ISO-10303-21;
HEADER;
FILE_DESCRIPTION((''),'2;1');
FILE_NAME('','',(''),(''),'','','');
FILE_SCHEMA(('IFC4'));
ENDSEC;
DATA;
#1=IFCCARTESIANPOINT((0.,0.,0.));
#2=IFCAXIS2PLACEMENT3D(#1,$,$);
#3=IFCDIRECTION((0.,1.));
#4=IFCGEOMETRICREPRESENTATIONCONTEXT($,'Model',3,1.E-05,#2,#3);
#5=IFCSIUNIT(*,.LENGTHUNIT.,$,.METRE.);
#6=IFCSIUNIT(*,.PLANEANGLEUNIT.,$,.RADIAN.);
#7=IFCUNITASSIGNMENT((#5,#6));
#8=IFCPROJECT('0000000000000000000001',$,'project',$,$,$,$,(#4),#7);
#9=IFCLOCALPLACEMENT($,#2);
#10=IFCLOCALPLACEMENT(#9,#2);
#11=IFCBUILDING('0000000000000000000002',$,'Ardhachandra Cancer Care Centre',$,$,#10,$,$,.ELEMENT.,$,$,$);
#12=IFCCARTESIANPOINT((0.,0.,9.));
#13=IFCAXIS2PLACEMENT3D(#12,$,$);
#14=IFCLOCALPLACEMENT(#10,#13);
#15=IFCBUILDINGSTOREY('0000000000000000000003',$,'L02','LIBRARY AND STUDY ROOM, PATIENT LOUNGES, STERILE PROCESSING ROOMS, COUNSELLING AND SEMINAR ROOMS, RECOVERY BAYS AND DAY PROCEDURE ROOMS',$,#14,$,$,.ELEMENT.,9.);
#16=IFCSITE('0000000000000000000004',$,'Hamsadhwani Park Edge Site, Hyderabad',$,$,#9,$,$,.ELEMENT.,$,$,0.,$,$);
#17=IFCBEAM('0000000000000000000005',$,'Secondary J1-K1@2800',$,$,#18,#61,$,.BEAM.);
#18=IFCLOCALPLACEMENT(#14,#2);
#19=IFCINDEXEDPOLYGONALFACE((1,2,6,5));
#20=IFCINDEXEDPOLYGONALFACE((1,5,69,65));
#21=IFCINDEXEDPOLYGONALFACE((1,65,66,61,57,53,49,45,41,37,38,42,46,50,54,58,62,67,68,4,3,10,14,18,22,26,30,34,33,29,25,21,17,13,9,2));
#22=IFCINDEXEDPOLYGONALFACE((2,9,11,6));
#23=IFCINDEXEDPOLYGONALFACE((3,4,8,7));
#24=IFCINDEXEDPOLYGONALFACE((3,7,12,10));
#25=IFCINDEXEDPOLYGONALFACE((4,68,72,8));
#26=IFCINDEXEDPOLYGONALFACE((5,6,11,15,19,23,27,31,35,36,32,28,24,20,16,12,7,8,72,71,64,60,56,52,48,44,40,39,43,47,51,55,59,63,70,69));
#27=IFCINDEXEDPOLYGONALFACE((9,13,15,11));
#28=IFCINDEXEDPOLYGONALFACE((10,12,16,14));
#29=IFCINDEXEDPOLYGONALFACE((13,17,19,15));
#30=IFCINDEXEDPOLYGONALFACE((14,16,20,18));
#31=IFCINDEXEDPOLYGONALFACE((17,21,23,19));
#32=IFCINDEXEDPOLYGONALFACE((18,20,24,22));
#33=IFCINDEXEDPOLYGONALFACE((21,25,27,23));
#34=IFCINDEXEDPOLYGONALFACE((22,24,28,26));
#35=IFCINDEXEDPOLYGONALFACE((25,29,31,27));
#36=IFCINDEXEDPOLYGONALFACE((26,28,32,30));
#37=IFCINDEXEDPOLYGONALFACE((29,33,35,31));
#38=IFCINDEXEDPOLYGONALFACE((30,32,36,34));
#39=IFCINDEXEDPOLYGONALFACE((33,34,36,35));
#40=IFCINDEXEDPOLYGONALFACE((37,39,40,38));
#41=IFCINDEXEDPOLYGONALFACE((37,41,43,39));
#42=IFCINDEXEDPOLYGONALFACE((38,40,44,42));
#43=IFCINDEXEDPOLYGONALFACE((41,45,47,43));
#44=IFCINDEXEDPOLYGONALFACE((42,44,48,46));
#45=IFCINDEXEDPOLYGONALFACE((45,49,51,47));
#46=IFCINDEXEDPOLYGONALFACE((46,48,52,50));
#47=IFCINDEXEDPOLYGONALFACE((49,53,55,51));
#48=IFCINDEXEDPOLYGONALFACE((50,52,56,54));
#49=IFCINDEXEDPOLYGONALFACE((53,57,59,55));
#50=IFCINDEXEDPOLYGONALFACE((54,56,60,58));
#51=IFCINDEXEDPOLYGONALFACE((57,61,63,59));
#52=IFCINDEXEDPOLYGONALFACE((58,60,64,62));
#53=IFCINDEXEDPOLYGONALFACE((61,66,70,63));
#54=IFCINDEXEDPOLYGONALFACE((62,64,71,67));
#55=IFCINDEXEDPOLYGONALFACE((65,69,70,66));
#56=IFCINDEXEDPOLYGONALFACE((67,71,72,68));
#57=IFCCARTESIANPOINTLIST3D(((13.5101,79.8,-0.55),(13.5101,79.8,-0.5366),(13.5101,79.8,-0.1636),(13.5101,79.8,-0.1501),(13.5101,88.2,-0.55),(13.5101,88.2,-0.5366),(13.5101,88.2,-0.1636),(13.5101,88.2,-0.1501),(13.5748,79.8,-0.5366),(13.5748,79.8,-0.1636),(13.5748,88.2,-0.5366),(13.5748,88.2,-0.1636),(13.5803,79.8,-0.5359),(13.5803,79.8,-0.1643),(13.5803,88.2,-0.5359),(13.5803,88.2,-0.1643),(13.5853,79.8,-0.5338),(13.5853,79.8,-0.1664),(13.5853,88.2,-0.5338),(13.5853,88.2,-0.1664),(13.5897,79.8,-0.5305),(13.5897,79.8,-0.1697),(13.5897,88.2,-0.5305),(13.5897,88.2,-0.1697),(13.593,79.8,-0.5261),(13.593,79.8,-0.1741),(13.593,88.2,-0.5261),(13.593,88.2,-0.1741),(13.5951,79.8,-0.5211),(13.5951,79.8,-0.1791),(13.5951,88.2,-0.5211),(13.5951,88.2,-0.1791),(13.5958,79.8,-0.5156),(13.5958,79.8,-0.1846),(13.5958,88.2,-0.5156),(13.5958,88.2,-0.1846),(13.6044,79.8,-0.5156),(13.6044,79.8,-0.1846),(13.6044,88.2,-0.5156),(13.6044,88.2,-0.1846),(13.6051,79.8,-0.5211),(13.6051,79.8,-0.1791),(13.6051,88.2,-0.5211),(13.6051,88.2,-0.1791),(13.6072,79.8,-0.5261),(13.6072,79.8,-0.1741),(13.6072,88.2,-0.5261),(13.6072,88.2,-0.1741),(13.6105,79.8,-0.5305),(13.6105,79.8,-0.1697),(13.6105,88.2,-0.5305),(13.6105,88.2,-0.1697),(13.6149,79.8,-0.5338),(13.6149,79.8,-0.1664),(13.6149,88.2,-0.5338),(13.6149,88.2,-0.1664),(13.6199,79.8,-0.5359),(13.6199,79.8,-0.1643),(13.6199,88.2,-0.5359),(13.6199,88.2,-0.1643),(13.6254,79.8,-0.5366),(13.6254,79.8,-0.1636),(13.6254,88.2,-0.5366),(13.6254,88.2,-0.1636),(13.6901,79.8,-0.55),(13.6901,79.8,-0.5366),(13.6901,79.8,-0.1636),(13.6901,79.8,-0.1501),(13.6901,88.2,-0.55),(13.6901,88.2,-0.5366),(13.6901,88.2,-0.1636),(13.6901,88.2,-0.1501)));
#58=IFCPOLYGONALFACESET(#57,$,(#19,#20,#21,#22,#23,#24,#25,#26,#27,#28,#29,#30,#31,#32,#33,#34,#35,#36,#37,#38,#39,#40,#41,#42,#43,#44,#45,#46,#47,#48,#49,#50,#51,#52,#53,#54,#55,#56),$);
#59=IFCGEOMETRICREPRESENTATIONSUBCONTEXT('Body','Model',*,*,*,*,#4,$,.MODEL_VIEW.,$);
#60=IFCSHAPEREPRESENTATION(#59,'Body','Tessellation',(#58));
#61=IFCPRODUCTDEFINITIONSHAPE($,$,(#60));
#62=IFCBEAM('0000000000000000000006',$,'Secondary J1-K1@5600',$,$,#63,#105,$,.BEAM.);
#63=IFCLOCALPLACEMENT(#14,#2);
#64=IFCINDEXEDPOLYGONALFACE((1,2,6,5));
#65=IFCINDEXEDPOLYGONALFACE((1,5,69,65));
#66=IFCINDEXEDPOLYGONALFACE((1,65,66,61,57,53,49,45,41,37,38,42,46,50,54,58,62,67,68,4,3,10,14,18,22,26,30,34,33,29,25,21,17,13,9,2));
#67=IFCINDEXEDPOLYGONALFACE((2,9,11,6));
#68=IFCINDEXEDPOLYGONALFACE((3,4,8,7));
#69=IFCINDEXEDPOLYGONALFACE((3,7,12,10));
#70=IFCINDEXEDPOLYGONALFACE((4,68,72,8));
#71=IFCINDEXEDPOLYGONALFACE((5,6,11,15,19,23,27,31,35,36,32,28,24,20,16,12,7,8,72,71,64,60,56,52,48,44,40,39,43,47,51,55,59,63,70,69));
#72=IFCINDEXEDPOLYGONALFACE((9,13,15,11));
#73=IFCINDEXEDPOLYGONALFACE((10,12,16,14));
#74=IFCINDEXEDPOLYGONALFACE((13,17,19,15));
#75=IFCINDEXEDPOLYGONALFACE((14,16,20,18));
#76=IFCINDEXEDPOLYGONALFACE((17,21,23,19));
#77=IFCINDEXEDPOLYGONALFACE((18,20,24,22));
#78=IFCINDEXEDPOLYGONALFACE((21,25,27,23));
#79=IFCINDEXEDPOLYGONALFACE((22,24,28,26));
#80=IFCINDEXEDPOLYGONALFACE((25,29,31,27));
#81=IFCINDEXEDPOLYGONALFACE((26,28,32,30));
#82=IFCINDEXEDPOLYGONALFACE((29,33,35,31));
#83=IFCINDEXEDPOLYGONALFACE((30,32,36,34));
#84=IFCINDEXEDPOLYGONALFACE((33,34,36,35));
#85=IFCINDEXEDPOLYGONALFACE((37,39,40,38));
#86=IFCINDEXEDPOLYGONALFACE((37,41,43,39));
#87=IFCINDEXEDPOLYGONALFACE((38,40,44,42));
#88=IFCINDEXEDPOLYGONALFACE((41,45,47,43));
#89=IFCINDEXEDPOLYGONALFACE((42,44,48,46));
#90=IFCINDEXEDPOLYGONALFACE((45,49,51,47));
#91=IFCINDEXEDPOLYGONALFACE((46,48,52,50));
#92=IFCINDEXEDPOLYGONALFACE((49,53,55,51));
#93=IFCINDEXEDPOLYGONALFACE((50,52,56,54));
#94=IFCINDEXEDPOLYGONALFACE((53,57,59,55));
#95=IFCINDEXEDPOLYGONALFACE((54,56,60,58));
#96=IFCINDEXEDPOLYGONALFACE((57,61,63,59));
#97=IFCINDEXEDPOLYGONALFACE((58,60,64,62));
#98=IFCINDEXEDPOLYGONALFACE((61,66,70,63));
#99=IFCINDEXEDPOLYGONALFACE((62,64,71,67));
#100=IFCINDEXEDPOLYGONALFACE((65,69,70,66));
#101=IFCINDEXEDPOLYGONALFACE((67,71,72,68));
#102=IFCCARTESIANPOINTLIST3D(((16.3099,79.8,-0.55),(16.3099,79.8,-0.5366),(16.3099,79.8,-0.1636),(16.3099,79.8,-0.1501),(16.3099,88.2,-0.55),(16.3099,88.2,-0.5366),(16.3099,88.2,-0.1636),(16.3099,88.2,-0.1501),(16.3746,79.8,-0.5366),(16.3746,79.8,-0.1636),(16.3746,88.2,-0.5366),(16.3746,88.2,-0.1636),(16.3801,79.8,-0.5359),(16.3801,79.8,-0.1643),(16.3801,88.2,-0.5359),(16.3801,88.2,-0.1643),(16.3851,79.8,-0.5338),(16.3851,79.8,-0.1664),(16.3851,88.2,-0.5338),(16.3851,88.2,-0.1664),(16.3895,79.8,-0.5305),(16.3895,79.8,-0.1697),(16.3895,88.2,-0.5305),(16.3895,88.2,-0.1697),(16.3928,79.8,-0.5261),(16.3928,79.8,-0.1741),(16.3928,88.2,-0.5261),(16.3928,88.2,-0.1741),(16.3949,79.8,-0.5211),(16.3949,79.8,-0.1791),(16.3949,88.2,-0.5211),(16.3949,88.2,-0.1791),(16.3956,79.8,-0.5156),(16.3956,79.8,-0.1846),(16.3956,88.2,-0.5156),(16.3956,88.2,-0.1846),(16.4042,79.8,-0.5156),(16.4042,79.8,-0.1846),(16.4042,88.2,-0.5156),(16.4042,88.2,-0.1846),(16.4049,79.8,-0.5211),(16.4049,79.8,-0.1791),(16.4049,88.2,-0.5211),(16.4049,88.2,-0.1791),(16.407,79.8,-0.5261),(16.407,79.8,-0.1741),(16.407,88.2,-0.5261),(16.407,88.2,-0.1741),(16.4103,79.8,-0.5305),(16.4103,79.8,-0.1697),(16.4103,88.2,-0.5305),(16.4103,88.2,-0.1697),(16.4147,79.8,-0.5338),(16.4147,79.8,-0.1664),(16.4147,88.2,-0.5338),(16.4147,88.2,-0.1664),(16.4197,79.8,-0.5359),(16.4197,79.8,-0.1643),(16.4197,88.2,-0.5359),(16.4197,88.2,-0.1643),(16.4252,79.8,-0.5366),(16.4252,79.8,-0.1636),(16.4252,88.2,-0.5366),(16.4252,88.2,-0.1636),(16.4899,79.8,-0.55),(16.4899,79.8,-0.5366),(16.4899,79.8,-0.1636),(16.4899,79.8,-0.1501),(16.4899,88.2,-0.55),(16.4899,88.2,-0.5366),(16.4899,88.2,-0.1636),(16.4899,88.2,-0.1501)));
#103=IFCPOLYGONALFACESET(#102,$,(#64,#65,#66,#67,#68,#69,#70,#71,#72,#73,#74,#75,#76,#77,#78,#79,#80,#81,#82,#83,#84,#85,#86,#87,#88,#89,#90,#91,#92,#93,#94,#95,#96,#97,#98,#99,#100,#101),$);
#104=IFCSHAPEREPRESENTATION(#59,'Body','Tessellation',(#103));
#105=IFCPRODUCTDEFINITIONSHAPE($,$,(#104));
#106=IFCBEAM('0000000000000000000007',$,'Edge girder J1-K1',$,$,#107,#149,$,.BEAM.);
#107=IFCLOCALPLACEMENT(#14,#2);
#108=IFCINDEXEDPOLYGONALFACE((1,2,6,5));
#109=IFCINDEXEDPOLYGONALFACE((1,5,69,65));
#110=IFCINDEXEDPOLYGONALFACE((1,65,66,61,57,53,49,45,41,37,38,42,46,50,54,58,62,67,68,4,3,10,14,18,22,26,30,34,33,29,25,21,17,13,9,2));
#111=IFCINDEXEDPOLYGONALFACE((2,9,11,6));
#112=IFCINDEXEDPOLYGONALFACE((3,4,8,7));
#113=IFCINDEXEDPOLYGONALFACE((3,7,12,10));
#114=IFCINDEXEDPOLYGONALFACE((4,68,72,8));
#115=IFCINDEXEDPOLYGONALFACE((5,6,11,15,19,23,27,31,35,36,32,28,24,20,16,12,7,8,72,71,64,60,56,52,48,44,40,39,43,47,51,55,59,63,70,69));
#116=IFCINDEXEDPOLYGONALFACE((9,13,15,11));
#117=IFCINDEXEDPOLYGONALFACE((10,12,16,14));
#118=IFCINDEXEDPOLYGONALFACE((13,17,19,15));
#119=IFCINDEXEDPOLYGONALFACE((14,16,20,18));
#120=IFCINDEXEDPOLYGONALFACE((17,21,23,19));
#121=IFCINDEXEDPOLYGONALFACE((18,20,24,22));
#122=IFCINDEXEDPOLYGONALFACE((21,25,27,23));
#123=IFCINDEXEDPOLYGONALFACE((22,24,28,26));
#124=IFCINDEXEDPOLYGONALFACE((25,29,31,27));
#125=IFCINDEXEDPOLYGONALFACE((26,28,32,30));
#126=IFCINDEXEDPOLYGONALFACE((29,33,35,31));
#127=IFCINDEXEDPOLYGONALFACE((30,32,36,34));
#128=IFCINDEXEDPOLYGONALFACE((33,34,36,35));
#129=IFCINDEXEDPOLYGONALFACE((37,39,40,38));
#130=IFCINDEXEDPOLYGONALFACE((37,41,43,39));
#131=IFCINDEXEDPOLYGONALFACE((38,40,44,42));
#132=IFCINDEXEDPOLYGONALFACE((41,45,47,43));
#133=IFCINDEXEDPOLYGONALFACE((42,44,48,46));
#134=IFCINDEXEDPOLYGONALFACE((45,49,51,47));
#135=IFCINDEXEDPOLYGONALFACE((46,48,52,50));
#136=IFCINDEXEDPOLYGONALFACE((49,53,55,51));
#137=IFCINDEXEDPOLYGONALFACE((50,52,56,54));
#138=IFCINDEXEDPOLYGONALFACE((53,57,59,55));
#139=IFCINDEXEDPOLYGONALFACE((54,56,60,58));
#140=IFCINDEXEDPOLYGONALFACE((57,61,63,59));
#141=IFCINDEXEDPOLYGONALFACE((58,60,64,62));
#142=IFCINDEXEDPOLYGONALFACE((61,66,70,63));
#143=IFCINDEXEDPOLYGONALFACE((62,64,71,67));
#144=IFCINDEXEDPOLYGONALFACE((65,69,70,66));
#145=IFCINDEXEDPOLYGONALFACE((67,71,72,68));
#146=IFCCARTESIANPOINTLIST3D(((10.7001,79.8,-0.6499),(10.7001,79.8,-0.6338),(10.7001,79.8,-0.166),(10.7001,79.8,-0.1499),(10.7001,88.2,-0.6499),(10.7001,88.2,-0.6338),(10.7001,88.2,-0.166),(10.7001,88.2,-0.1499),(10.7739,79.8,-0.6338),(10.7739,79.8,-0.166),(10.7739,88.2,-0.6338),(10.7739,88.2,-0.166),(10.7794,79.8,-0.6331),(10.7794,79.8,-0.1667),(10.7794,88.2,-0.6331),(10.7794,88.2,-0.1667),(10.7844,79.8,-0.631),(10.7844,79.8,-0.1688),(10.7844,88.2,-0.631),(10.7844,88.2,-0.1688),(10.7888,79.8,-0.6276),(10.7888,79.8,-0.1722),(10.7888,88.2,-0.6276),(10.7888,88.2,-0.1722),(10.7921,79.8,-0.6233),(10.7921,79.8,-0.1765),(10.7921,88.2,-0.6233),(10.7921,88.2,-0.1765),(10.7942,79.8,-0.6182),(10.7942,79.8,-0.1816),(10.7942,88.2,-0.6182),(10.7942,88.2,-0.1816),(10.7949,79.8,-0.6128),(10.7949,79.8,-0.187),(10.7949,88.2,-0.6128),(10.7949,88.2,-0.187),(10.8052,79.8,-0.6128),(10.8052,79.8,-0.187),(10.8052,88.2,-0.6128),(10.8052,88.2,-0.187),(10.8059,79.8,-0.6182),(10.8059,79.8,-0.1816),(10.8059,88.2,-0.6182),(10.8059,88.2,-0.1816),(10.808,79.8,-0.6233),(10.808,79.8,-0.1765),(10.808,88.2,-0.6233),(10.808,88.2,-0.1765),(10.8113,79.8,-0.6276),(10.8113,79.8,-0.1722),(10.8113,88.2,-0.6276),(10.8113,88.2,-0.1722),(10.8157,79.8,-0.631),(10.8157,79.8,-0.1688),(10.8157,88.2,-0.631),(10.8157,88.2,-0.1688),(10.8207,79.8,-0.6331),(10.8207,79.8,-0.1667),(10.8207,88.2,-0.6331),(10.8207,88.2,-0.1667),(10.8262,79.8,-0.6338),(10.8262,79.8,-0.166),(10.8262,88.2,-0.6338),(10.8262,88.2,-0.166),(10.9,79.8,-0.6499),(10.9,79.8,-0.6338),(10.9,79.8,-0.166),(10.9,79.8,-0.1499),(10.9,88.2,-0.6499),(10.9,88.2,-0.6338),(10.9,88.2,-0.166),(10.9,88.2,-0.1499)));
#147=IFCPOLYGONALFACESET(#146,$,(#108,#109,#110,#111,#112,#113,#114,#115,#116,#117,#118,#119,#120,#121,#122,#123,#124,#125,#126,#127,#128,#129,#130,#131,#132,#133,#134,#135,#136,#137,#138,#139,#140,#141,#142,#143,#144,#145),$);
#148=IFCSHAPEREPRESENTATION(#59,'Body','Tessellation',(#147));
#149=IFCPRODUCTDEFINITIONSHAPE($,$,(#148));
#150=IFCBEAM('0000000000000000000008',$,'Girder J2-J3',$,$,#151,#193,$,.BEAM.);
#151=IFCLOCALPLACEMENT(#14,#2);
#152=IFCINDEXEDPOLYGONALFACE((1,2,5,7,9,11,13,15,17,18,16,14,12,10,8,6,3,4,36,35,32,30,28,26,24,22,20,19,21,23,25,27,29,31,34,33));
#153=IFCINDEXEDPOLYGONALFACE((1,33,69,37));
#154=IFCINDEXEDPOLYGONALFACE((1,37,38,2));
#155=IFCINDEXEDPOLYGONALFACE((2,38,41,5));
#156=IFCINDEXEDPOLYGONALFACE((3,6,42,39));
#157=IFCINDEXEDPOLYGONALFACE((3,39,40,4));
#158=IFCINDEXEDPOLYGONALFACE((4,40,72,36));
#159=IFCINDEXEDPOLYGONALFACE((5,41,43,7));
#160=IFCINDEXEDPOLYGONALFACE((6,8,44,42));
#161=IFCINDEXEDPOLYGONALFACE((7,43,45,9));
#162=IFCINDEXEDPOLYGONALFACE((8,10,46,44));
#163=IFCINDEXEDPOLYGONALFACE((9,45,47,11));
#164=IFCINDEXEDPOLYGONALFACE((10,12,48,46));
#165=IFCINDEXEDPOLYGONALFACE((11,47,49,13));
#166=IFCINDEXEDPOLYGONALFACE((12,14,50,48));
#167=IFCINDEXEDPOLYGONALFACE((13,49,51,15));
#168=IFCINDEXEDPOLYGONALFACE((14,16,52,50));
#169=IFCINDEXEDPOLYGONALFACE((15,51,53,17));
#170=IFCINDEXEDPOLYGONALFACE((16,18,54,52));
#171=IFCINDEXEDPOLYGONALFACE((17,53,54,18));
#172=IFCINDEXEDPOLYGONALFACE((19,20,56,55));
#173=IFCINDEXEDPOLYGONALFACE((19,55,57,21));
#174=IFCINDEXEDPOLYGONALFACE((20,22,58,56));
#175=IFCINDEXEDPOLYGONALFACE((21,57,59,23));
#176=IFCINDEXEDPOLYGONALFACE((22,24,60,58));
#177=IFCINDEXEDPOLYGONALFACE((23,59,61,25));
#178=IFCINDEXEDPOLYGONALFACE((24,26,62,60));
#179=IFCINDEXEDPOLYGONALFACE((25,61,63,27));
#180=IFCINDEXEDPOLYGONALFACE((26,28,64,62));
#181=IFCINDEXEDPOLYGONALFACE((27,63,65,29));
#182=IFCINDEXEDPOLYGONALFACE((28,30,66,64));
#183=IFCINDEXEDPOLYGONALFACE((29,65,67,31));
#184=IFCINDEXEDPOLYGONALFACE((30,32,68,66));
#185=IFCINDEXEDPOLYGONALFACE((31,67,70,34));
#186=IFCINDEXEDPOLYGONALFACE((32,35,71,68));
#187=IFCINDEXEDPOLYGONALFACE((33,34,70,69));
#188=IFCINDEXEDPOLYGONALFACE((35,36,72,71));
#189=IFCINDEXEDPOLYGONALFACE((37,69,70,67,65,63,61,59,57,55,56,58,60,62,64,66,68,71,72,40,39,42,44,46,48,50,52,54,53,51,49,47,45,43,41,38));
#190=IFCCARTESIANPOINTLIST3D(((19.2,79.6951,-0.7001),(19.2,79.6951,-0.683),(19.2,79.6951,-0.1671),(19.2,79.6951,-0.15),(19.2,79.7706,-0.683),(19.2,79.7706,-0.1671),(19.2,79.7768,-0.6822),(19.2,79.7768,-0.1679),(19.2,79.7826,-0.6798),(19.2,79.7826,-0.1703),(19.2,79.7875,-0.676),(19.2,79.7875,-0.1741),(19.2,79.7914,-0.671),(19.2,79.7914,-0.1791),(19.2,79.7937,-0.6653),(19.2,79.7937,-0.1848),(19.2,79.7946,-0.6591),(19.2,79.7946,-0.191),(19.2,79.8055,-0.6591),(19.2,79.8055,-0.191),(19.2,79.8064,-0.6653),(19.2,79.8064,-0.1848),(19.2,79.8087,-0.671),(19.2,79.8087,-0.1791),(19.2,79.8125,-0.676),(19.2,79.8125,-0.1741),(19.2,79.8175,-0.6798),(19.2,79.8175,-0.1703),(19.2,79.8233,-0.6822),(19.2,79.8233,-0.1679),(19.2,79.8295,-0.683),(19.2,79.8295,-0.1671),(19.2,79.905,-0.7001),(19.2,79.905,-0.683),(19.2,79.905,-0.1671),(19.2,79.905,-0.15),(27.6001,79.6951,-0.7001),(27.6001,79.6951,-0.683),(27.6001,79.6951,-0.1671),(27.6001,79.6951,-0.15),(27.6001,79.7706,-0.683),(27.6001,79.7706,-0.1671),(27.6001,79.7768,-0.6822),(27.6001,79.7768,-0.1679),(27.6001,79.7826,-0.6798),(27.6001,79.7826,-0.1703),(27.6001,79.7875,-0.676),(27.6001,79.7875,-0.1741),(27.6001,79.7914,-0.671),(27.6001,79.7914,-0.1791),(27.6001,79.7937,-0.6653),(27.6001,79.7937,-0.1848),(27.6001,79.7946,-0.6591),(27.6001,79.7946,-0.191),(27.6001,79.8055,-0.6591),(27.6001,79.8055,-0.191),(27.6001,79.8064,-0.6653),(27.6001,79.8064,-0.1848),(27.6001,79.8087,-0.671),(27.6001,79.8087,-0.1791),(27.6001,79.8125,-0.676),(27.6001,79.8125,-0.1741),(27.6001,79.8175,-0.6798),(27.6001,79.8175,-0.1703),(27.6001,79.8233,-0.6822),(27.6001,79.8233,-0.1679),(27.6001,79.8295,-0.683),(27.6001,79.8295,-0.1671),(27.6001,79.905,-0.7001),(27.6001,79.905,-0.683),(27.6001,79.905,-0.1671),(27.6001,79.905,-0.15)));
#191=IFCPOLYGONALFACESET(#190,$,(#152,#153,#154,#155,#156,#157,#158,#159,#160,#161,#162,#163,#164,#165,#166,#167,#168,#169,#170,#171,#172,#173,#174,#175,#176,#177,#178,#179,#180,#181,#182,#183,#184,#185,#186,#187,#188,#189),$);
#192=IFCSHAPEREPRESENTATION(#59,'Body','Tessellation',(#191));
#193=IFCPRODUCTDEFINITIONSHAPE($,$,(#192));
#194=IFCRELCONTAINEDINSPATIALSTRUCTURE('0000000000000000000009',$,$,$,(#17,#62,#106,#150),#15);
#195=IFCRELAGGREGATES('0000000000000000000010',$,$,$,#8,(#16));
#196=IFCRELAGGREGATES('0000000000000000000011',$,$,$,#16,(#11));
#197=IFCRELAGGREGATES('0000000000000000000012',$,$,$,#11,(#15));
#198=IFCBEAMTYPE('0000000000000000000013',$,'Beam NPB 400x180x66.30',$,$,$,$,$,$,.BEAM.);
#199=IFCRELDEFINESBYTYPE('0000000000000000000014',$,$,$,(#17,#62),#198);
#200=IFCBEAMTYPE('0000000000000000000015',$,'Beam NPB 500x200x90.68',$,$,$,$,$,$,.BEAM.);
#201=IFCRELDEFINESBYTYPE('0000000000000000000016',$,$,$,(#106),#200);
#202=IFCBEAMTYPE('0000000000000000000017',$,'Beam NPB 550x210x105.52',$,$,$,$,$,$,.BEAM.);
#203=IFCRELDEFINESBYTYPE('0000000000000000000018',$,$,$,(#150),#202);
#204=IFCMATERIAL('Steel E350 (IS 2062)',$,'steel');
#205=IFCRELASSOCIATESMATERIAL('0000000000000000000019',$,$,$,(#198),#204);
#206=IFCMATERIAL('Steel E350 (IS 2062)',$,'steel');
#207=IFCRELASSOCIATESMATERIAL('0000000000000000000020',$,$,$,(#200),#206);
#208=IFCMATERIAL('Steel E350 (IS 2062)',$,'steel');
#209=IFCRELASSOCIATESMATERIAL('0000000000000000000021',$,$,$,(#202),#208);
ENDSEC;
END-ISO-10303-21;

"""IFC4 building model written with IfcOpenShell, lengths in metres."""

from ifc_helpers import new_model, si_unit, direction, frame, origin, origin_2d, place, context, subcontext, project, spatial, i_section, extrude, material, material_profile, profile_set, type_object, element, save


model = new_model("IFC4")

# Units and contexts
model_context = context("Model", 3, precision=1e-05, world=origin(), true_north=direction((0.0, 1.0)))
body_context = subcontext(model_context, "Body", "Model", "MODEL_VIEW")
ifc_project = project(units=[si_unit("LENGTHUNIT", "METRE"), si_unit("PLANEANGLEUNIT", "RADIAN")], contexts=[model_context])

# Site, building, storey
site_placement = place(None, origin())
site = spatial("IfcSite", under=ifc_project, at=site_placement, Name="Hamsadhwani Park Edge Site, Hyderabad", CompositionType="ELEMENT", RefElevation=0.0)
building_placement = place(site_placement, origin())
building = spatial("IfcBuilding", under=site, at=building_placement, Name="Ardhachandra Cancer Care Centre", CompositionType="ELEMENT")
storey_placement = place(building_placement, frame((0.0, 0.0, 9.0)))
storey = spatial("IfcBuildingStorey", under=building, at=storey_placement, Name="L02", Description="LIBRARY AND STUDY ROOM, PATIENT LOUNGES, STERILE PROCESSING ROOMS, COUNSELLING AND SEMINAR ROOMS, RECOVERY BAYS AND DAY PROCEDURE ROOMS", CompositionType="ELEMENT", Elevation=9.0)

# Beams
ifc_material_1 = material(Name="Steel E350 (IS 2062)", Category="steel")
ifc_material_profile_1 = material_profile(ifc_material_1, i_section(OverallWidth=0.1799, OverallDepth=0.3999, WebThickness=0.0085, FlangeThickness=0.0134, FilletRadius=0.021, at=origin_2d()), Name="NPB 400x180x66.30")
ifc_profile_set_1 = profile_set([ifc_material_profile_1], Name="Steel E350 (IS 2062)")
beam_type_1 = type_object("IfcBeamType", Name="Beam NPB 400x180x66.30", PredefinedType="BEAM", material=ifc_profile_set_1)
for number, where, z_axis, x_axis, name in (
    (1, (13.6001, 79.8, -0.3501), (0.0, 1.0, 0.0), (-1.0, 0.0, 0.0), "Secondary J1-K1@2800"),
    (2, (16.3999, 79.8, -0.3501), (0.0, 1.0, 0.0), (-1.0, 0.0, 0.0), "Secondary J1-K1@5600"),
):
    element("IfcBeam", number, at=place(storey_placement, frame(where, z_axis=z_axis, x_axis=x_axis)), inside=storey, type_object=beam_type_1, Name=name, PredefinedType="BEAM", context=body_context, shape_type="SweptSolid", body=[
        extrude(i_section(OverallWidth=0.1799, OverallDepth=0.3999, WebThickness=0.0085, FlangeThickness=0.0134, FilletRadius=0.021, at=origin_2d()), origin(), (0.0, 0.0, 1.0), 8.3999),
    ])
ifc_material_2 = material(Name="Steel E350 (IS 2062)", Category="steel")
ifc_material_profile_2 = material_profile(ifc_material_2, i_section(OverallWidth=0.2, OverallDepth=0.5, WebThickness=0.0103, FlangeThickness=0.0161, FilletRadius=0.021, at=origin_2d()), Name="NPB 500x200x90.68")
ifc_profile_set_2 = profile_set([ifc_material_profile_2], Name="Steel E350 (IS 2062)")
beam_type_2 = type_object("IfcBeamType", Name="Beam NPB 500x200x90.68", PredefinedType="BEAM", material=ifc_profile_set_2)
beam_1_placement = place(storey_placement, frame((10.8, 79.8, -0.3999), z_axis=(0.0, 1.0, 0.0), x_axis=(-1.0, 0.0, 0.0)))
element("IfcBeam", 3, at=beam_1_placement, inside=storey, type_object=beam_type_2, Name="Edge girder J1-K1", PredefinedType="BEAM", context=body_context, shape_type="SweptSolid", body=[
    extrude(i_section(OverallWidth=0.2, OverallDepth=0.5, WebThickness=0.0103, FlangeThickness=0.0161, FilletRadius=0.021, at=origin_2d()), origin(), (0.0, 0.0, 1.0), 8.3999),
])
ifc_material_3 = material(Name="Steel E350 (IS 2062)", Category="steel")
ifc_material_profile_3 = material_profile(ifc_material_3, i_section(OverallWidth=0.21, OverallDepth=0.55, WebThickness=0.011, FlangeThickness=0.0171, FilletRadius=0.0239, at=origin_2d()), Name="NPB 550x210x105.52")
ifc_profile_set_3 = profile_set([ifc_material_profile_3], Name="Steel E350 (IS 2062)")
beam_type_3 = type_object("IfcBeamType", Name="Beam NPB 550x210x105.52", PredefinedType="BEAM", material=ifc_profile_set_3)
beam_2_placement = place(storey_placement, frame((19.2, 79.8, -0.425), z_axis=(1.0, 0.0, 0.0), x_axis=(0.0, 1.0, 0.0)))
element("IfcBeam", 4, at=beam_2_placement, inside=storey, type_object=beam_type_3, Name="Girder J2-J3", PredefinedType="BEAM", context=body_context, shape_type="SweptSolid", body=[
    extrude(i_section(OverallWidth=0.21, OverallDepth=0.55, WebThickness=0.011, FlangeThickness=0.0171, FilletRadius=0.0239, at=origin_2d()), origin(), (0.0, 0.0, 1.0), 8.4001),
])

save(model, "model.ifc")
